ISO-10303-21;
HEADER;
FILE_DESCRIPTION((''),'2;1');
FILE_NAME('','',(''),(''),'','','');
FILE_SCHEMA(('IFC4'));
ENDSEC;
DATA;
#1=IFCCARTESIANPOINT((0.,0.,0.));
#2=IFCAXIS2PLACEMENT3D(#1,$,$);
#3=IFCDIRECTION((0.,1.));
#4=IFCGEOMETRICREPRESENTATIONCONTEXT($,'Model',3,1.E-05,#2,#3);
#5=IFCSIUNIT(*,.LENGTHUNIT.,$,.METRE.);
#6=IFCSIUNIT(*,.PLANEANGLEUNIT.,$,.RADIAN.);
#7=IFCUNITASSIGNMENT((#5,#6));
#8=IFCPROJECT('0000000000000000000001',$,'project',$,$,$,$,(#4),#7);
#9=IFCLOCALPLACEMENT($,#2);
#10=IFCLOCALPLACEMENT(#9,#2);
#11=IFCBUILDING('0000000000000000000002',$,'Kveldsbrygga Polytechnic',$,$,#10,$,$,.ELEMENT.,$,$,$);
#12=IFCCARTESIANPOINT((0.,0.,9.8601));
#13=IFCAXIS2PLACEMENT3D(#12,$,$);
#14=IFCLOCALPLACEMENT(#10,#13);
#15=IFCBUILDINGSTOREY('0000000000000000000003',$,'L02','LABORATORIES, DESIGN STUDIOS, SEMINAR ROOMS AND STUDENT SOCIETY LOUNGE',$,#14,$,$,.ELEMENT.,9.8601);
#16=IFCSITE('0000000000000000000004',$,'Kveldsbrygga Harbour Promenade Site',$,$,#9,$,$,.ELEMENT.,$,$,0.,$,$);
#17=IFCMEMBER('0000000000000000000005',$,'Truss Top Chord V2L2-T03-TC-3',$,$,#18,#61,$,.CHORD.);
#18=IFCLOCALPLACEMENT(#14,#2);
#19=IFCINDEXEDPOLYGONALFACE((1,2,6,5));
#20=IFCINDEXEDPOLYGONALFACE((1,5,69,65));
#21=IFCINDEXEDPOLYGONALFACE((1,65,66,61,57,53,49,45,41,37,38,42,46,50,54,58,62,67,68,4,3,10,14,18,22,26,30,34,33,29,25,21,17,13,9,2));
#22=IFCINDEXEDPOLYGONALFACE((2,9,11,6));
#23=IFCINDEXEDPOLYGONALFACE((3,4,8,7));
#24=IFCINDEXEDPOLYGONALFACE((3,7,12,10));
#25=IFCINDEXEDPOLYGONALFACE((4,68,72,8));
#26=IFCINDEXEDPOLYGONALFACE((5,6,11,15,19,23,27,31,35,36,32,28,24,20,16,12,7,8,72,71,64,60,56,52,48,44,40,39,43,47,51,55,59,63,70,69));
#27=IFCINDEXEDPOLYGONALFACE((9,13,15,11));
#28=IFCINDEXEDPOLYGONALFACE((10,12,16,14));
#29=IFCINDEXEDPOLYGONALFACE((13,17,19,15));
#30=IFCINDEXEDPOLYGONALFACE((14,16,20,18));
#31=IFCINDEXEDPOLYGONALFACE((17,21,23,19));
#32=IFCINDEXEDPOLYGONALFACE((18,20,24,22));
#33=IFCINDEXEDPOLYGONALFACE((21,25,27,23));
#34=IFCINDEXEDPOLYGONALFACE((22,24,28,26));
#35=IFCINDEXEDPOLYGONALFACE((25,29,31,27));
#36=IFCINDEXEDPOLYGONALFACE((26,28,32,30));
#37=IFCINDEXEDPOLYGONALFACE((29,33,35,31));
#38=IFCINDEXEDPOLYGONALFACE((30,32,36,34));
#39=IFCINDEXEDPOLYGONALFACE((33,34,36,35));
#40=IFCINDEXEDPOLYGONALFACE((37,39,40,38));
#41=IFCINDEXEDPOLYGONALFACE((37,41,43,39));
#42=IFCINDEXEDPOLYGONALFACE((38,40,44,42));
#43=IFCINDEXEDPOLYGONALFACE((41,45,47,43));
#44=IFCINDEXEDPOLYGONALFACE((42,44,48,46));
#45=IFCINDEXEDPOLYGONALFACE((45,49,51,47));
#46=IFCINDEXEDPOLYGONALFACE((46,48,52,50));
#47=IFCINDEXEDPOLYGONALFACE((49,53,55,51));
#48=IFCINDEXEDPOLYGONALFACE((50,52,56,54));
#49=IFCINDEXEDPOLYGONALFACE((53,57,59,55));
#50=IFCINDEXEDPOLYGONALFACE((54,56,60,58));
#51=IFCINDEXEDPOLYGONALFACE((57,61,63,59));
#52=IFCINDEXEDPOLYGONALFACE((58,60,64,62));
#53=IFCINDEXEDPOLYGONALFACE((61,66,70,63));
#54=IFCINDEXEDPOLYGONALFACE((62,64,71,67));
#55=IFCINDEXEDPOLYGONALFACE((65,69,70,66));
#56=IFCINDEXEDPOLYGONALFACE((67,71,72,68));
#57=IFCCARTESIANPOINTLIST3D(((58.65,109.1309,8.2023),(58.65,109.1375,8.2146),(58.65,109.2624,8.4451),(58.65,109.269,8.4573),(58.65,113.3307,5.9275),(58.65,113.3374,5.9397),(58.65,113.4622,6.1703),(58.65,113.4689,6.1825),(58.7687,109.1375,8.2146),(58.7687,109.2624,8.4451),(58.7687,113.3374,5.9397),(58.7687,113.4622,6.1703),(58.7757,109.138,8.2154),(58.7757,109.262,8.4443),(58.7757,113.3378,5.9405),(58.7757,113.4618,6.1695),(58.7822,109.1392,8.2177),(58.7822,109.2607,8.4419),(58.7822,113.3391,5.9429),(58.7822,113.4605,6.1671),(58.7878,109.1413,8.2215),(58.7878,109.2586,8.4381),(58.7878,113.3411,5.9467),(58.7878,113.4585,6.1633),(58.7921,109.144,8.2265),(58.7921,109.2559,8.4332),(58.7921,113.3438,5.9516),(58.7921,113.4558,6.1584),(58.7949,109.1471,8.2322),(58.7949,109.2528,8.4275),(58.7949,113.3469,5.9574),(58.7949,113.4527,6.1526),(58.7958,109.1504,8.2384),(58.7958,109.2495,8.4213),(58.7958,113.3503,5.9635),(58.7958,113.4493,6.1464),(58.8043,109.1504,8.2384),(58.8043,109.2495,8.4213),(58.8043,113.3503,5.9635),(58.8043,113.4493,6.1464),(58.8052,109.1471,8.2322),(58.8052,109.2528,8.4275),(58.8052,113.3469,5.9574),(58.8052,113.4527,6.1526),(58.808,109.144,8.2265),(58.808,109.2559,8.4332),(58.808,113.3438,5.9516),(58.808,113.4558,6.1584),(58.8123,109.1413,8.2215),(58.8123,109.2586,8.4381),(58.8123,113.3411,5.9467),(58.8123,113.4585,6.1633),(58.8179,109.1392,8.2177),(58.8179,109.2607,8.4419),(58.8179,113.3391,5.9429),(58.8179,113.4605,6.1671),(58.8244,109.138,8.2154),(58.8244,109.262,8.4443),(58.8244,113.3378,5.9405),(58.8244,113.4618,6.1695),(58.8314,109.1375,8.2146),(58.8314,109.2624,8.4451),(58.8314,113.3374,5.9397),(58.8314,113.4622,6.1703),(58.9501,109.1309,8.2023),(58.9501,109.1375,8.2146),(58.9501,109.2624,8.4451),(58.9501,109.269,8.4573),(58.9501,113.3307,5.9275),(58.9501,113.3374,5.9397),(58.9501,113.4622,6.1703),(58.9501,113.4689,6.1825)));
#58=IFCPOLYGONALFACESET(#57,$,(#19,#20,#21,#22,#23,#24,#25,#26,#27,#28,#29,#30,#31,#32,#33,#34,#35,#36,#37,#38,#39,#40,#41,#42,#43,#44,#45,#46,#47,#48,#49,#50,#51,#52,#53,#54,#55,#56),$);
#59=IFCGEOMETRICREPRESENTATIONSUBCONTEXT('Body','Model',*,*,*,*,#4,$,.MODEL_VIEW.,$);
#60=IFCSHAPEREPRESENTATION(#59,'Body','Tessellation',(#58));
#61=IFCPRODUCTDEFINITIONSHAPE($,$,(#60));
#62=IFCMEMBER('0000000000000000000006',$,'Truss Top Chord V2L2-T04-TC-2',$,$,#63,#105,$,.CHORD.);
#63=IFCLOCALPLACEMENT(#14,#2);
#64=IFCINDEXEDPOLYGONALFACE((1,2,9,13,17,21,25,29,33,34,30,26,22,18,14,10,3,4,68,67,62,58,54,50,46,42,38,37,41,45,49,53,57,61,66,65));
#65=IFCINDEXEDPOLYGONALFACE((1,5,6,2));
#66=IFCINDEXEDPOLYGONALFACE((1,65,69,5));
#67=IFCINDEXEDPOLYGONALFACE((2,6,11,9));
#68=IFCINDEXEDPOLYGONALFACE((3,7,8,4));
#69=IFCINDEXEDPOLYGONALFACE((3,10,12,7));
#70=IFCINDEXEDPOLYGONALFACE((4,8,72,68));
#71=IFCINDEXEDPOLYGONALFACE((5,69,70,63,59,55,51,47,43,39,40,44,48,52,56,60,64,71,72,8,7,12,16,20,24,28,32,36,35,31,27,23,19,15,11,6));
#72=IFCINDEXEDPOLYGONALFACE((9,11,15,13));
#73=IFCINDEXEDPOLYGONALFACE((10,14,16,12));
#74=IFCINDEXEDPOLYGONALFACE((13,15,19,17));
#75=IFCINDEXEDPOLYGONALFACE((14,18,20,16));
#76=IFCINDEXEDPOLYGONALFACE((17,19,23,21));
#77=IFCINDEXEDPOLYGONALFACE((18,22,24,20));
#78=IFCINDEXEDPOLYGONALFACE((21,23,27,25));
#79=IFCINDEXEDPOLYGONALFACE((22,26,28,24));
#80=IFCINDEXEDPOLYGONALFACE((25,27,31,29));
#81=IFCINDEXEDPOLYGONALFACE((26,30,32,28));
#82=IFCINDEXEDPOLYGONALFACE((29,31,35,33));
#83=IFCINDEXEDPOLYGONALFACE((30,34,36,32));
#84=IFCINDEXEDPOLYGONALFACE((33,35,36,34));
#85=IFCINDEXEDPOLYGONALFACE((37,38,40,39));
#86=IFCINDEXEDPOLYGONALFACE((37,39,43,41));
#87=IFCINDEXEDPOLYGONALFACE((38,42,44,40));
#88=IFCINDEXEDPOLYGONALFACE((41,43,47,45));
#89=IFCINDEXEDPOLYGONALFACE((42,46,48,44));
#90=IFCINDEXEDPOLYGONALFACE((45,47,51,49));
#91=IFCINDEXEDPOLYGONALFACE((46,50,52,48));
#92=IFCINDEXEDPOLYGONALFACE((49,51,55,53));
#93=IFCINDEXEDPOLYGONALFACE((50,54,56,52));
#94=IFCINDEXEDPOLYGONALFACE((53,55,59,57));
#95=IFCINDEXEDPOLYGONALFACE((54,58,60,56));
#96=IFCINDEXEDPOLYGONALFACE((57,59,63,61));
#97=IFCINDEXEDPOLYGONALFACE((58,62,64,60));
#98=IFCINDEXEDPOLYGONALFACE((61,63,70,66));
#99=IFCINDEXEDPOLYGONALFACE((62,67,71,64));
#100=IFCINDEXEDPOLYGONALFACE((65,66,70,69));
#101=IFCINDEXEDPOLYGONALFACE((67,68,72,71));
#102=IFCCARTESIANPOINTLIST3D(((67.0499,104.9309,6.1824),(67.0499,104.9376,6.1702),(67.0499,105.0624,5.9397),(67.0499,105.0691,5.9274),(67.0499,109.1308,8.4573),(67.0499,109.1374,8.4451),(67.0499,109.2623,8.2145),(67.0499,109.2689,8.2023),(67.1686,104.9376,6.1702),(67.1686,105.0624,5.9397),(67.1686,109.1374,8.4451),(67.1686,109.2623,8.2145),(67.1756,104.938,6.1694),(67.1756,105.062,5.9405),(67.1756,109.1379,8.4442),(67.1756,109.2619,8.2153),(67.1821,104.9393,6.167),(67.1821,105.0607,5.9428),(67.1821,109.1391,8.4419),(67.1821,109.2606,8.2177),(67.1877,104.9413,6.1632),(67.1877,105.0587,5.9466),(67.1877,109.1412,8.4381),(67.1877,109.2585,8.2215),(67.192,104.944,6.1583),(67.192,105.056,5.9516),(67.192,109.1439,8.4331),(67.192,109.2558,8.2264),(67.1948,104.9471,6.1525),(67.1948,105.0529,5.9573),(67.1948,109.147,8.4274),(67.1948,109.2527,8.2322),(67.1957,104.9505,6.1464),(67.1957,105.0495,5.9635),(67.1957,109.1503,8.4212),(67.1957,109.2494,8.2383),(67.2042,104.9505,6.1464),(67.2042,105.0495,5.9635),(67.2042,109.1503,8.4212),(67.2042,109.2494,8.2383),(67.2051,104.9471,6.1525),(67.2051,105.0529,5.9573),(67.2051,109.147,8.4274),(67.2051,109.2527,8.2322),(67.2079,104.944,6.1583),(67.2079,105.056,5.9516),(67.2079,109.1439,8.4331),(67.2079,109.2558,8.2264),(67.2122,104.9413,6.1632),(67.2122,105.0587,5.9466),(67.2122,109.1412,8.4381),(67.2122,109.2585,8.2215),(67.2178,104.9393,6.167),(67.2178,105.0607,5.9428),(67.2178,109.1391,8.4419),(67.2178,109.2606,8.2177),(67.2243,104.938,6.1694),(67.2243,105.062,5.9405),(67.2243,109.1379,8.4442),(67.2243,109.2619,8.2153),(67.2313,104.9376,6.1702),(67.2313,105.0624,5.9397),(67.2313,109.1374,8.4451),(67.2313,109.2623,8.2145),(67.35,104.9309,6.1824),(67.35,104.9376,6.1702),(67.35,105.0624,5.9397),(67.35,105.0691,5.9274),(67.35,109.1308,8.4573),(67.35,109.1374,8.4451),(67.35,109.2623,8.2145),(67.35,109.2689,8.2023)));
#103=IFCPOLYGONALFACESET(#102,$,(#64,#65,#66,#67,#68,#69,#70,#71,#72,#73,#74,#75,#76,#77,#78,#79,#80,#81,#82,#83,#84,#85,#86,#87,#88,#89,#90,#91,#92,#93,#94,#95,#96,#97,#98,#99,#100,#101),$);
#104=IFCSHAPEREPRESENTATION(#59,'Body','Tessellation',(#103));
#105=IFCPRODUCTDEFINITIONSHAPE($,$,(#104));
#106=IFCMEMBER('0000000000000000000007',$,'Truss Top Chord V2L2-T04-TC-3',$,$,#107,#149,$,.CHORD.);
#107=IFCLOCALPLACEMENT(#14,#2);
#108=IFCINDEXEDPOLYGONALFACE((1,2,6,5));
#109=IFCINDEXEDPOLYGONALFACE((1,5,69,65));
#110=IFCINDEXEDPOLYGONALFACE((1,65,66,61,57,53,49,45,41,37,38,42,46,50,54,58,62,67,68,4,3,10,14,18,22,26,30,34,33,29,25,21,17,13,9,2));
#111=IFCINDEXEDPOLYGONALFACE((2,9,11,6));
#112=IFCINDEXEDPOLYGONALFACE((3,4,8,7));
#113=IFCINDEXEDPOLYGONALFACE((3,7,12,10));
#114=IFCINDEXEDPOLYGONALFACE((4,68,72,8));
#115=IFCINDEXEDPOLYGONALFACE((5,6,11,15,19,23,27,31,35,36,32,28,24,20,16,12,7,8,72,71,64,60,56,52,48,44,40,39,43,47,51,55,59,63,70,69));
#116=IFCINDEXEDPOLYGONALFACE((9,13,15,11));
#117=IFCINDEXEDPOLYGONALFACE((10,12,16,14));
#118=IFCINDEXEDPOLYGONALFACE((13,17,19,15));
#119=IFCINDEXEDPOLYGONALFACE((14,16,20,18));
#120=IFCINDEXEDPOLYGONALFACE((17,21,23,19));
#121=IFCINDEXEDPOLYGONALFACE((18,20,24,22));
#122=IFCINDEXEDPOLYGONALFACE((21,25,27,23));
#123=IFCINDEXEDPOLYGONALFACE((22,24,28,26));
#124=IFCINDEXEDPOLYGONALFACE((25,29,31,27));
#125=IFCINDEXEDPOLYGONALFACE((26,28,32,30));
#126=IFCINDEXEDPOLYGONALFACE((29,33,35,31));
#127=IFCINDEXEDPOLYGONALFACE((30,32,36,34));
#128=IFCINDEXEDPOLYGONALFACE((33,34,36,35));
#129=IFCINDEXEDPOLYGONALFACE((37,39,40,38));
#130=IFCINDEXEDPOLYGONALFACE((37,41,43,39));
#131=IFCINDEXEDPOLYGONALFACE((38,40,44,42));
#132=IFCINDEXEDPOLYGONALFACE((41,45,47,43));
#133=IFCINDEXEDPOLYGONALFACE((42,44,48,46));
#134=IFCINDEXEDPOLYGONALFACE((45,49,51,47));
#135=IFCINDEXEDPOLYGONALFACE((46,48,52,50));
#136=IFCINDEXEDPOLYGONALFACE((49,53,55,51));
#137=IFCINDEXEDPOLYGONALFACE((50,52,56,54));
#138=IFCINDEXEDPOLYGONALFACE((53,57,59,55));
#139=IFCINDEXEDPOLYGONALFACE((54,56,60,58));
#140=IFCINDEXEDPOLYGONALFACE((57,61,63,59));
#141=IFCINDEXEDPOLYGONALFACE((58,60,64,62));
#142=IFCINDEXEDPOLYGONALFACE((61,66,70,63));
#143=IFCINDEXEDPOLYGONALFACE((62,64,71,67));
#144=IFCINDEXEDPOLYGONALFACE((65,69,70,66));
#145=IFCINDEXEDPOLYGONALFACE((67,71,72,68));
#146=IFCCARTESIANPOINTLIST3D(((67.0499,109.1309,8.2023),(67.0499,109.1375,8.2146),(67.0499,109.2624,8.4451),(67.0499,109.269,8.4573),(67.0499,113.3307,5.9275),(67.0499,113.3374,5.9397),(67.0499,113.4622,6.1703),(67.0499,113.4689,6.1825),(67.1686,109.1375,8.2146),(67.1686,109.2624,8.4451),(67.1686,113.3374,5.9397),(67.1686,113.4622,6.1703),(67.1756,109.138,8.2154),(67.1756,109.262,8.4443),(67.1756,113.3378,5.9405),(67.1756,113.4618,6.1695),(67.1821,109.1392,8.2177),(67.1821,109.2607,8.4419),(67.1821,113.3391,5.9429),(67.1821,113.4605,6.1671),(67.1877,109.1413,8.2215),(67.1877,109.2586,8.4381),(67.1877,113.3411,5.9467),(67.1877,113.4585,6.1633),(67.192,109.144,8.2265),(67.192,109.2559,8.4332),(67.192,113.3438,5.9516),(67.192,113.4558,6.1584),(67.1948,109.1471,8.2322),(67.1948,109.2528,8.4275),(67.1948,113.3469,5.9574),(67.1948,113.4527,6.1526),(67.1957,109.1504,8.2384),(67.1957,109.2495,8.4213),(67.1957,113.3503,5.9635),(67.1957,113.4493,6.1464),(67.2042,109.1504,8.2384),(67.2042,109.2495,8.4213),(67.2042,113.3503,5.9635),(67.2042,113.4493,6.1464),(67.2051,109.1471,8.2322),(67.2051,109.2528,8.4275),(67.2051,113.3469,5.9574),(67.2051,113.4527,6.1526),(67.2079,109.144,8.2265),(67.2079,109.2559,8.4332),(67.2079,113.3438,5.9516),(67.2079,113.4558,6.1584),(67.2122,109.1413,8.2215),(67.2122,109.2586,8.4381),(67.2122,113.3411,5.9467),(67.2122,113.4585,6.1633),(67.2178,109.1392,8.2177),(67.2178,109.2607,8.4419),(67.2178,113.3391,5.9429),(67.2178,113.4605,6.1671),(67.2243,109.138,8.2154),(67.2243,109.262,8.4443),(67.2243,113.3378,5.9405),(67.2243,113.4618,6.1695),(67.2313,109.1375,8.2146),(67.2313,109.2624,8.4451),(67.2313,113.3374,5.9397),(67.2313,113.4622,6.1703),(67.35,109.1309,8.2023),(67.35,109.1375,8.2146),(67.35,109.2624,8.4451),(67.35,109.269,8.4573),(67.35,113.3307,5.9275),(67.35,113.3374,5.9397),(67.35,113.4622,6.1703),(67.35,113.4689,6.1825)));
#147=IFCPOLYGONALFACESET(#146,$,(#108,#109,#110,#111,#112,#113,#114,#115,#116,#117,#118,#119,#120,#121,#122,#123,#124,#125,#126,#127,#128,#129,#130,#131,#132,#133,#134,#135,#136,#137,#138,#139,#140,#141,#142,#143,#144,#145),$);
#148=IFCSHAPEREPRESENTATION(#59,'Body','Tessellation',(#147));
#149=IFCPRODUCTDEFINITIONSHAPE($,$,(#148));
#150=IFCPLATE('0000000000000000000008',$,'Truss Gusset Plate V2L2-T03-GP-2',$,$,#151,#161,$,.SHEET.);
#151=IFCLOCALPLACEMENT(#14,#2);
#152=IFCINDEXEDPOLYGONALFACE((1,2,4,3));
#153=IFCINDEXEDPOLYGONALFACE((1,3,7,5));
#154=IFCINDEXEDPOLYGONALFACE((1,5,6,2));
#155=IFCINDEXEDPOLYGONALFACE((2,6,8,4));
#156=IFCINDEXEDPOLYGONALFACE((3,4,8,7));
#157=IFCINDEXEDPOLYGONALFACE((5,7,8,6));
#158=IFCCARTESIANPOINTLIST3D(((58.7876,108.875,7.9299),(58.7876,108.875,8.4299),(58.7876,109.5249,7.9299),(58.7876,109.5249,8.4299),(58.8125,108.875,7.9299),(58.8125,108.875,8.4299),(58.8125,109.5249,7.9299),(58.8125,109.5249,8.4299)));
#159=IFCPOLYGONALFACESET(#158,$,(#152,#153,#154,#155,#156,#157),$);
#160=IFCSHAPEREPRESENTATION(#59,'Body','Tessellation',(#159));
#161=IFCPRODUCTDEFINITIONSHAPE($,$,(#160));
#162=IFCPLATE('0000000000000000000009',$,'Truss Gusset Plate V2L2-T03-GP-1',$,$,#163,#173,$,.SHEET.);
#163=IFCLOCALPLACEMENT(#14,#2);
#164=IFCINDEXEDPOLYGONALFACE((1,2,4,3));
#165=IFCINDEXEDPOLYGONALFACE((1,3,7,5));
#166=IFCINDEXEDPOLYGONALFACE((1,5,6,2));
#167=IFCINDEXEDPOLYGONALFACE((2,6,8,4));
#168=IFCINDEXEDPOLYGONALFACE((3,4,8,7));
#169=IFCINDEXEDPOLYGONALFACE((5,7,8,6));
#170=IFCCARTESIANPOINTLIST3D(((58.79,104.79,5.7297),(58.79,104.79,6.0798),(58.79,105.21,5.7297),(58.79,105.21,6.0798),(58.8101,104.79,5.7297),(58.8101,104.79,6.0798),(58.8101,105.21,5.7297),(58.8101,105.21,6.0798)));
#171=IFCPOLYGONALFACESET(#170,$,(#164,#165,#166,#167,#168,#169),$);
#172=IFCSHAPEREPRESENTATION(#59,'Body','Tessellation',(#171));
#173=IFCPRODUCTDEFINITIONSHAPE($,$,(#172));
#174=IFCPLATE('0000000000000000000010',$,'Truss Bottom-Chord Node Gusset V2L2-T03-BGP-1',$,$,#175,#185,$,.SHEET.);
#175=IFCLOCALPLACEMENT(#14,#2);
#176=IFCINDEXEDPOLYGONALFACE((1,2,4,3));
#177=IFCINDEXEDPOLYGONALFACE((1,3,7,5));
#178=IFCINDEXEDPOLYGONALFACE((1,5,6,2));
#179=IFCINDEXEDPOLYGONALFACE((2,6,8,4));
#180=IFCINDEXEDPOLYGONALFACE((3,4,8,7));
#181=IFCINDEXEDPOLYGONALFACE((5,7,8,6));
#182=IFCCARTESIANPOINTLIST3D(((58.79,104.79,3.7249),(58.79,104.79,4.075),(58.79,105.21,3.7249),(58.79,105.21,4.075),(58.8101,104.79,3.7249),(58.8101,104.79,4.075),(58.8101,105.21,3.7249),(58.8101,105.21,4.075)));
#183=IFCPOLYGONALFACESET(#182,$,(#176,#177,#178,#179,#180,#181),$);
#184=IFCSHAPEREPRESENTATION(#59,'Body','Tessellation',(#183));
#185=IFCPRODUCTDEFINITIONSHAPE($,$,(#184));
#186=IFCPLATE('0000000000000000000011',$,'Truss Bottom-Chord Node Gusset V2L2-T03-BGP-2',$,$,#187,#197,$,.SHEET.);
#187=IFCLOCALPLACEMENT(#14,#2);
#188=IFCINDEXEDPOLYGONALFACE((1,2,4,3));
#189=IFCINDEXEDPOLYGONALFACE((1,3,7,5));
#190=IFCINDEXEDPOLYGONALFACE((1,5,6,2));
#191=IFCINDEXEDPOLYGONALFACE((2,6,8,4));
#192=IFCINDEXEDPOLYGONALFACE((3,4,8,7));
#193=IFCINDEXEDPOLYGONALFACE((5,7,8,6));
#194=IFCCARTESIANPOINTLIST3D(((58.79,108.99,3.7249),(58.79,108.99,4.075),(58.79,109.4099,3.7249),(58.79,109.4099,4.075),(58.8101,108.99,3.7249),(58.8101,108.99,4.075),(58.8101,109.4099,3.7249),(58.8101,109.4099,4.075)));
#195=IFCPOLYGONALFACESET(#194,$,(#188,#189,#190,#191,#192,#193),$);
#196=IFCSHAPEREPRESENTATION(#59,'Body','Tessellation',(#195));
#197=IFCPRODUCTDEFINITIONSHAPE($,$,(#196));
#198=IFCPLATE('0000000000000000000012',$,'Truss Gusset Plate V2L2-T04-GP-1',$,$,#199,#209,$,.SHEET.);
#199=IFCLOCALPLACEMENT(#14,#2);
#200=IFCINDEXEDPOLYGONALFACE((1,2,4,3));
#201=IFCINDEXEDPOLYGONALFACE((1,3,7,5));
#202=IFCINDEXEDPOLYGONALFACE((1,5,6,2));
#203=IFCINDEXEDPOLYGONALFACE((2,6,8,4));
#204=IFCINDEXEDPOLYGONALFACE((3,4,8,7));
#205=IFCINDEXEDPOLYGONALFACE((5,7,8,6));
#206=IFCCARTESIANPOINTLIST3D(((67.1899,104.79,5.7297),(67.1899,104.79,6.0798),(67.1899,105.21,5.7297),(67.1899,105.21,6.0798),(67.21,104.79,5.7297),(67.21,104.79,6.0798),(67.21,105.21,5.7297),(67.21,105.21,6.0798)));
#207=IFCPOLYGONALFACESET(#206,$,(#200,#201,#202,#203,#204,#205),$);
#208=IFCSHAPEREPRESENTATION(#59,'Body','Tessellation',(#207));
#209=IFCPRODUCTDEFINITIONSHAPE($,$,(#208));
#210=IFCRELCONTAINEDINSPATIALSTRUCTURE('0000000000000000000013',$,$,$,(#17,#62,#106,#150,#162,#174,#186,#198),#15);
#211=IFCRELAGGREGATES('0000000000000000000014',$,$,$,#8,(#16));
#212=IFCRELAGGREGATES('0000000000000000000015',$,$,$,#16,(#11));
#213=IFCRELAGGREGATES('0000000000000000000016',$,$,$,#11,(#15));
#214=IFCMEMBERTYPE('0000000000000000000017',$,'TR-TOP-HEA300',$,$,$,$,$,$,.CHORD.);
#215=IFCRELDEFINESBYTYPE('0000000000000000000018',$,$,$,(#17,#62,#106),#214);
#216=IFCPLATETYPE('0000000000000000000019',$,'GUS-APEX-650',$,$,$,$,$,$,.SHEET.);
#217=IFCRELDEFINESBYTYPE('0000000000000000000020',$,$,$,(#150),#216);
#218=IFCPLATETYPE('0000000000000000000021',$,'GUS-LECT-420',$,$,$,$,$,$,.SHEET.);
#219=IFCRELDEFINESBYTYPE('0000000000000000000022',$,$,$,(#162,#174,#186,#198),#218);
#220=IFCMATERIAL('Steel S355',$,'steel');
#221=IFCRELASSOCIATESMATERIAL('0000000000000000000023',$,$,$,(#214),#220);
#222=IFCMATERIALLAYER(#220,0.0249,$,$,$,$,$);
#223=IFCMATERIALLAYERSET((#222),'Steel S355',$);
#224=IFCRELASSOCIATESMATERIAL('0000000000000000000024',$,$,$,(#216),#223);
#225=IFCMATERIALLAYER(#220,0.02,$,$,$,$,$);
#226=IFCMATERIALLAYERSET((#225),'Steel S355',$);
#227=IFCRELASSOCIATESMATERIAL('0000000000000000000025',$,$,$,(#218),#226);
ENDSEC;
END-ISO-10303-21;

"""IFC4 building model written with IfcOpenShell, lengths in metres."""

from ifc_helpers import new_model, si_unit, direction, frame, origin, origin_2d, place, context, subcontext, project, spatial, rectangle, i_section, extrude, material, layer, layer_set, material_profile, profile_set, type_object, element, save


model = new_model("IFC4")

# Units and contexts
model_context = context("Model", 3, precision=1e-05, world=origin(), true_north=direction((0.0, 1.0)))
body_context = subcontext(model_context, "Body", "Model", "MODEL_VIEW")
ifc_project = project(units=[si_unit("LENGTHUNIT", "METRE"), si_unit("PLANEANGLEUNIT", "RADIAN")], contexts=[model_context])

# Site, building, storey
site_placement = place(None, origin())
site = spatial("IfcSite", under=ifc_project, at=site_placement, Name="Kveldsbrygga Harbour Promenade Site", CompositionType="ELEMENT", RefElevation=0.0)
building_placement = place(site_placement, origin())
building = spatial("IfcBuilding", under=site, at=building_placement, Name="Kveldsbrygga Polytechnic", CompositionType="ELEMENT")
storey_placement = place(building_placement, frame((0.0, 0.0, 9.8601)))
storey = spatial("IfcBuildingStorey", under=building, at=storey_placement, Name="L02", Description="LABORATORIES, DESIGN STUDIOS, SEMINAR ROOMS AND STUDENT SOCIETY LOUNGE", CompositionType="ELEMENT", Elevation=9.8601)

# Members
ifc_material_1 = material(Name="Steel S355", Category="steel")
ifc_material_profile_1 = material_profile(ifc_material_1, i_section(OverallWidth=0.3, OverallDepth=0.29, WebThickness=0.0085, FlangeThickness=0.0139, FilletRadius=0.0271, at=origin_2d()), Name="HEA 300")
ifc_profile_set_1 = profile_set([ifc_material_profile_1], Name="Steel S355")
member_type_1 = type_object("IfcMemberType", Name="TR-TOP-HEA300", PredefinedType="CHORD", material=ifc_profile_set_1)
for number, where, z_axis, x_axis, name in (
    (1, (58.8, 109.2, 8.3298), (0.0, 0.879298, -0.476272), (-1.0, 0.0, 0.0), "Truss Top Chord V2L2-T03-TC-3"),
    (2, (67.2, 105.0, 6.0549), (0.0, 0.879298, 0.476272), (-1.0, 0.0, 0.0), "Truss Top Chord V2L2-T04-TC-2"),
    (3, (67.2, 109.2, 8.3298), (0.0, 0.879298, -0.476272), (-1.0, 0.0, 0.0), "Truss Top Chord V2L2-T04-TC-3"),
):
    element("IfcMember", number, at=place(storey_placement, frame(where, z_axis=z_axis, x_axis=x_axis)), inside=storey, type_object=member_type_1, Name=name, PredefinedType="CHORD", context=body_context, shape_type="SweptSolid", body=[
        extrude(i_section(OverallWidth=0.3, OverallDepth=0.29, WebThickness=0.0085, FlangeThickness=0.0139, FilletRadius=0.0271, at=origin_2d()), origin(), (0.0, 0.0, 1.0), 4.7764),
    ])

# Plates
ifc_layer_1 = layer(ifc_material_1, 0.0249)
ifc_layer_set_1 = layer_set([ifc_layer_1], Name="Steel S355")
plate_type_1 = type_object("IfcPlateType", Name="GUS-APEX-650", PredefinedType="SHEET", material=ifc_layer_set_1)
plate_placement = place(storey_placement, frame((58.8, 109.2, 7.9299), z_axis=(0.0, 0.0, 1.0), x_axis=(1.0, 0.0, 0.0)))
element("IfcPlate", 4, at=plate_placement, inside=storey, type_object=plate_type_1, Name="Truss Gusset Plate V2L2-T03-GP-2", PredefinedType="SHEET", context=body_context, shape_type="SweptSolid", body=[
    extrude(rectangle(XDim=0.0249, YDim=0.6499, at=origin_2d()), origin(), (0.0, 0.0, 1.0), 0.5),
])
ifc_layer_2 = layer(ifc_material_1, 0.02)
ifc_layer_set_2 = layer_set([ifc_layer_2], Name="Steel S355")
plate_type_2 = type_object("IfcPlateType", Name="GUS-LECT-420", PredefinedType="SHEET", material=ifc_layer_set_2)
for number, where, z_axis, x_axis, name in (
    (5, (58.8, 105.0, 5.7297), (0.0, 0.0, 1.0), (1.0, 0.0, 0.0), "Truss Gusset Plate V2L2-T03-GP-1"),
    (6, (58.8, 105.0, 3.7249), (0.0, 0.0, 1.0), (1.0, 0.0, 0.0), "Truss Bottom-Chord Node Gusset V2L2-T03-BGP-1"),
    (7, (58.8, 109.2, 3.7249), (0.0, 0.0, 1.0), (1.0, 0.0, 0.0), "Truss Bottom-Chord Node Gusset V2L2-T03-BGP-2"),
    (8, (67.2, 105.0, 5.7297), (0.0, 0.0, 1.0), (1.0, 0.0, 0.0), "Truss Gusset Plate V2L2-T04-GP-1"),
):
    element("IfcPlate", number, at=place(storey_placement, frame(where, z_axis=z_axis, x_axis=x_axis)), inside=storey, type_object=plate_type_2, Name=name, PredefinedType="SHEET", context=body_context, shape_type="SweptSolid", body=[
        extrude(rectangle(XDim=0.02, YDim=0.4199, at=origin_2d()), origin(), (0.0, 0.0, 1.0), 0.3501),
    ])

save(model, "model.ifc")
